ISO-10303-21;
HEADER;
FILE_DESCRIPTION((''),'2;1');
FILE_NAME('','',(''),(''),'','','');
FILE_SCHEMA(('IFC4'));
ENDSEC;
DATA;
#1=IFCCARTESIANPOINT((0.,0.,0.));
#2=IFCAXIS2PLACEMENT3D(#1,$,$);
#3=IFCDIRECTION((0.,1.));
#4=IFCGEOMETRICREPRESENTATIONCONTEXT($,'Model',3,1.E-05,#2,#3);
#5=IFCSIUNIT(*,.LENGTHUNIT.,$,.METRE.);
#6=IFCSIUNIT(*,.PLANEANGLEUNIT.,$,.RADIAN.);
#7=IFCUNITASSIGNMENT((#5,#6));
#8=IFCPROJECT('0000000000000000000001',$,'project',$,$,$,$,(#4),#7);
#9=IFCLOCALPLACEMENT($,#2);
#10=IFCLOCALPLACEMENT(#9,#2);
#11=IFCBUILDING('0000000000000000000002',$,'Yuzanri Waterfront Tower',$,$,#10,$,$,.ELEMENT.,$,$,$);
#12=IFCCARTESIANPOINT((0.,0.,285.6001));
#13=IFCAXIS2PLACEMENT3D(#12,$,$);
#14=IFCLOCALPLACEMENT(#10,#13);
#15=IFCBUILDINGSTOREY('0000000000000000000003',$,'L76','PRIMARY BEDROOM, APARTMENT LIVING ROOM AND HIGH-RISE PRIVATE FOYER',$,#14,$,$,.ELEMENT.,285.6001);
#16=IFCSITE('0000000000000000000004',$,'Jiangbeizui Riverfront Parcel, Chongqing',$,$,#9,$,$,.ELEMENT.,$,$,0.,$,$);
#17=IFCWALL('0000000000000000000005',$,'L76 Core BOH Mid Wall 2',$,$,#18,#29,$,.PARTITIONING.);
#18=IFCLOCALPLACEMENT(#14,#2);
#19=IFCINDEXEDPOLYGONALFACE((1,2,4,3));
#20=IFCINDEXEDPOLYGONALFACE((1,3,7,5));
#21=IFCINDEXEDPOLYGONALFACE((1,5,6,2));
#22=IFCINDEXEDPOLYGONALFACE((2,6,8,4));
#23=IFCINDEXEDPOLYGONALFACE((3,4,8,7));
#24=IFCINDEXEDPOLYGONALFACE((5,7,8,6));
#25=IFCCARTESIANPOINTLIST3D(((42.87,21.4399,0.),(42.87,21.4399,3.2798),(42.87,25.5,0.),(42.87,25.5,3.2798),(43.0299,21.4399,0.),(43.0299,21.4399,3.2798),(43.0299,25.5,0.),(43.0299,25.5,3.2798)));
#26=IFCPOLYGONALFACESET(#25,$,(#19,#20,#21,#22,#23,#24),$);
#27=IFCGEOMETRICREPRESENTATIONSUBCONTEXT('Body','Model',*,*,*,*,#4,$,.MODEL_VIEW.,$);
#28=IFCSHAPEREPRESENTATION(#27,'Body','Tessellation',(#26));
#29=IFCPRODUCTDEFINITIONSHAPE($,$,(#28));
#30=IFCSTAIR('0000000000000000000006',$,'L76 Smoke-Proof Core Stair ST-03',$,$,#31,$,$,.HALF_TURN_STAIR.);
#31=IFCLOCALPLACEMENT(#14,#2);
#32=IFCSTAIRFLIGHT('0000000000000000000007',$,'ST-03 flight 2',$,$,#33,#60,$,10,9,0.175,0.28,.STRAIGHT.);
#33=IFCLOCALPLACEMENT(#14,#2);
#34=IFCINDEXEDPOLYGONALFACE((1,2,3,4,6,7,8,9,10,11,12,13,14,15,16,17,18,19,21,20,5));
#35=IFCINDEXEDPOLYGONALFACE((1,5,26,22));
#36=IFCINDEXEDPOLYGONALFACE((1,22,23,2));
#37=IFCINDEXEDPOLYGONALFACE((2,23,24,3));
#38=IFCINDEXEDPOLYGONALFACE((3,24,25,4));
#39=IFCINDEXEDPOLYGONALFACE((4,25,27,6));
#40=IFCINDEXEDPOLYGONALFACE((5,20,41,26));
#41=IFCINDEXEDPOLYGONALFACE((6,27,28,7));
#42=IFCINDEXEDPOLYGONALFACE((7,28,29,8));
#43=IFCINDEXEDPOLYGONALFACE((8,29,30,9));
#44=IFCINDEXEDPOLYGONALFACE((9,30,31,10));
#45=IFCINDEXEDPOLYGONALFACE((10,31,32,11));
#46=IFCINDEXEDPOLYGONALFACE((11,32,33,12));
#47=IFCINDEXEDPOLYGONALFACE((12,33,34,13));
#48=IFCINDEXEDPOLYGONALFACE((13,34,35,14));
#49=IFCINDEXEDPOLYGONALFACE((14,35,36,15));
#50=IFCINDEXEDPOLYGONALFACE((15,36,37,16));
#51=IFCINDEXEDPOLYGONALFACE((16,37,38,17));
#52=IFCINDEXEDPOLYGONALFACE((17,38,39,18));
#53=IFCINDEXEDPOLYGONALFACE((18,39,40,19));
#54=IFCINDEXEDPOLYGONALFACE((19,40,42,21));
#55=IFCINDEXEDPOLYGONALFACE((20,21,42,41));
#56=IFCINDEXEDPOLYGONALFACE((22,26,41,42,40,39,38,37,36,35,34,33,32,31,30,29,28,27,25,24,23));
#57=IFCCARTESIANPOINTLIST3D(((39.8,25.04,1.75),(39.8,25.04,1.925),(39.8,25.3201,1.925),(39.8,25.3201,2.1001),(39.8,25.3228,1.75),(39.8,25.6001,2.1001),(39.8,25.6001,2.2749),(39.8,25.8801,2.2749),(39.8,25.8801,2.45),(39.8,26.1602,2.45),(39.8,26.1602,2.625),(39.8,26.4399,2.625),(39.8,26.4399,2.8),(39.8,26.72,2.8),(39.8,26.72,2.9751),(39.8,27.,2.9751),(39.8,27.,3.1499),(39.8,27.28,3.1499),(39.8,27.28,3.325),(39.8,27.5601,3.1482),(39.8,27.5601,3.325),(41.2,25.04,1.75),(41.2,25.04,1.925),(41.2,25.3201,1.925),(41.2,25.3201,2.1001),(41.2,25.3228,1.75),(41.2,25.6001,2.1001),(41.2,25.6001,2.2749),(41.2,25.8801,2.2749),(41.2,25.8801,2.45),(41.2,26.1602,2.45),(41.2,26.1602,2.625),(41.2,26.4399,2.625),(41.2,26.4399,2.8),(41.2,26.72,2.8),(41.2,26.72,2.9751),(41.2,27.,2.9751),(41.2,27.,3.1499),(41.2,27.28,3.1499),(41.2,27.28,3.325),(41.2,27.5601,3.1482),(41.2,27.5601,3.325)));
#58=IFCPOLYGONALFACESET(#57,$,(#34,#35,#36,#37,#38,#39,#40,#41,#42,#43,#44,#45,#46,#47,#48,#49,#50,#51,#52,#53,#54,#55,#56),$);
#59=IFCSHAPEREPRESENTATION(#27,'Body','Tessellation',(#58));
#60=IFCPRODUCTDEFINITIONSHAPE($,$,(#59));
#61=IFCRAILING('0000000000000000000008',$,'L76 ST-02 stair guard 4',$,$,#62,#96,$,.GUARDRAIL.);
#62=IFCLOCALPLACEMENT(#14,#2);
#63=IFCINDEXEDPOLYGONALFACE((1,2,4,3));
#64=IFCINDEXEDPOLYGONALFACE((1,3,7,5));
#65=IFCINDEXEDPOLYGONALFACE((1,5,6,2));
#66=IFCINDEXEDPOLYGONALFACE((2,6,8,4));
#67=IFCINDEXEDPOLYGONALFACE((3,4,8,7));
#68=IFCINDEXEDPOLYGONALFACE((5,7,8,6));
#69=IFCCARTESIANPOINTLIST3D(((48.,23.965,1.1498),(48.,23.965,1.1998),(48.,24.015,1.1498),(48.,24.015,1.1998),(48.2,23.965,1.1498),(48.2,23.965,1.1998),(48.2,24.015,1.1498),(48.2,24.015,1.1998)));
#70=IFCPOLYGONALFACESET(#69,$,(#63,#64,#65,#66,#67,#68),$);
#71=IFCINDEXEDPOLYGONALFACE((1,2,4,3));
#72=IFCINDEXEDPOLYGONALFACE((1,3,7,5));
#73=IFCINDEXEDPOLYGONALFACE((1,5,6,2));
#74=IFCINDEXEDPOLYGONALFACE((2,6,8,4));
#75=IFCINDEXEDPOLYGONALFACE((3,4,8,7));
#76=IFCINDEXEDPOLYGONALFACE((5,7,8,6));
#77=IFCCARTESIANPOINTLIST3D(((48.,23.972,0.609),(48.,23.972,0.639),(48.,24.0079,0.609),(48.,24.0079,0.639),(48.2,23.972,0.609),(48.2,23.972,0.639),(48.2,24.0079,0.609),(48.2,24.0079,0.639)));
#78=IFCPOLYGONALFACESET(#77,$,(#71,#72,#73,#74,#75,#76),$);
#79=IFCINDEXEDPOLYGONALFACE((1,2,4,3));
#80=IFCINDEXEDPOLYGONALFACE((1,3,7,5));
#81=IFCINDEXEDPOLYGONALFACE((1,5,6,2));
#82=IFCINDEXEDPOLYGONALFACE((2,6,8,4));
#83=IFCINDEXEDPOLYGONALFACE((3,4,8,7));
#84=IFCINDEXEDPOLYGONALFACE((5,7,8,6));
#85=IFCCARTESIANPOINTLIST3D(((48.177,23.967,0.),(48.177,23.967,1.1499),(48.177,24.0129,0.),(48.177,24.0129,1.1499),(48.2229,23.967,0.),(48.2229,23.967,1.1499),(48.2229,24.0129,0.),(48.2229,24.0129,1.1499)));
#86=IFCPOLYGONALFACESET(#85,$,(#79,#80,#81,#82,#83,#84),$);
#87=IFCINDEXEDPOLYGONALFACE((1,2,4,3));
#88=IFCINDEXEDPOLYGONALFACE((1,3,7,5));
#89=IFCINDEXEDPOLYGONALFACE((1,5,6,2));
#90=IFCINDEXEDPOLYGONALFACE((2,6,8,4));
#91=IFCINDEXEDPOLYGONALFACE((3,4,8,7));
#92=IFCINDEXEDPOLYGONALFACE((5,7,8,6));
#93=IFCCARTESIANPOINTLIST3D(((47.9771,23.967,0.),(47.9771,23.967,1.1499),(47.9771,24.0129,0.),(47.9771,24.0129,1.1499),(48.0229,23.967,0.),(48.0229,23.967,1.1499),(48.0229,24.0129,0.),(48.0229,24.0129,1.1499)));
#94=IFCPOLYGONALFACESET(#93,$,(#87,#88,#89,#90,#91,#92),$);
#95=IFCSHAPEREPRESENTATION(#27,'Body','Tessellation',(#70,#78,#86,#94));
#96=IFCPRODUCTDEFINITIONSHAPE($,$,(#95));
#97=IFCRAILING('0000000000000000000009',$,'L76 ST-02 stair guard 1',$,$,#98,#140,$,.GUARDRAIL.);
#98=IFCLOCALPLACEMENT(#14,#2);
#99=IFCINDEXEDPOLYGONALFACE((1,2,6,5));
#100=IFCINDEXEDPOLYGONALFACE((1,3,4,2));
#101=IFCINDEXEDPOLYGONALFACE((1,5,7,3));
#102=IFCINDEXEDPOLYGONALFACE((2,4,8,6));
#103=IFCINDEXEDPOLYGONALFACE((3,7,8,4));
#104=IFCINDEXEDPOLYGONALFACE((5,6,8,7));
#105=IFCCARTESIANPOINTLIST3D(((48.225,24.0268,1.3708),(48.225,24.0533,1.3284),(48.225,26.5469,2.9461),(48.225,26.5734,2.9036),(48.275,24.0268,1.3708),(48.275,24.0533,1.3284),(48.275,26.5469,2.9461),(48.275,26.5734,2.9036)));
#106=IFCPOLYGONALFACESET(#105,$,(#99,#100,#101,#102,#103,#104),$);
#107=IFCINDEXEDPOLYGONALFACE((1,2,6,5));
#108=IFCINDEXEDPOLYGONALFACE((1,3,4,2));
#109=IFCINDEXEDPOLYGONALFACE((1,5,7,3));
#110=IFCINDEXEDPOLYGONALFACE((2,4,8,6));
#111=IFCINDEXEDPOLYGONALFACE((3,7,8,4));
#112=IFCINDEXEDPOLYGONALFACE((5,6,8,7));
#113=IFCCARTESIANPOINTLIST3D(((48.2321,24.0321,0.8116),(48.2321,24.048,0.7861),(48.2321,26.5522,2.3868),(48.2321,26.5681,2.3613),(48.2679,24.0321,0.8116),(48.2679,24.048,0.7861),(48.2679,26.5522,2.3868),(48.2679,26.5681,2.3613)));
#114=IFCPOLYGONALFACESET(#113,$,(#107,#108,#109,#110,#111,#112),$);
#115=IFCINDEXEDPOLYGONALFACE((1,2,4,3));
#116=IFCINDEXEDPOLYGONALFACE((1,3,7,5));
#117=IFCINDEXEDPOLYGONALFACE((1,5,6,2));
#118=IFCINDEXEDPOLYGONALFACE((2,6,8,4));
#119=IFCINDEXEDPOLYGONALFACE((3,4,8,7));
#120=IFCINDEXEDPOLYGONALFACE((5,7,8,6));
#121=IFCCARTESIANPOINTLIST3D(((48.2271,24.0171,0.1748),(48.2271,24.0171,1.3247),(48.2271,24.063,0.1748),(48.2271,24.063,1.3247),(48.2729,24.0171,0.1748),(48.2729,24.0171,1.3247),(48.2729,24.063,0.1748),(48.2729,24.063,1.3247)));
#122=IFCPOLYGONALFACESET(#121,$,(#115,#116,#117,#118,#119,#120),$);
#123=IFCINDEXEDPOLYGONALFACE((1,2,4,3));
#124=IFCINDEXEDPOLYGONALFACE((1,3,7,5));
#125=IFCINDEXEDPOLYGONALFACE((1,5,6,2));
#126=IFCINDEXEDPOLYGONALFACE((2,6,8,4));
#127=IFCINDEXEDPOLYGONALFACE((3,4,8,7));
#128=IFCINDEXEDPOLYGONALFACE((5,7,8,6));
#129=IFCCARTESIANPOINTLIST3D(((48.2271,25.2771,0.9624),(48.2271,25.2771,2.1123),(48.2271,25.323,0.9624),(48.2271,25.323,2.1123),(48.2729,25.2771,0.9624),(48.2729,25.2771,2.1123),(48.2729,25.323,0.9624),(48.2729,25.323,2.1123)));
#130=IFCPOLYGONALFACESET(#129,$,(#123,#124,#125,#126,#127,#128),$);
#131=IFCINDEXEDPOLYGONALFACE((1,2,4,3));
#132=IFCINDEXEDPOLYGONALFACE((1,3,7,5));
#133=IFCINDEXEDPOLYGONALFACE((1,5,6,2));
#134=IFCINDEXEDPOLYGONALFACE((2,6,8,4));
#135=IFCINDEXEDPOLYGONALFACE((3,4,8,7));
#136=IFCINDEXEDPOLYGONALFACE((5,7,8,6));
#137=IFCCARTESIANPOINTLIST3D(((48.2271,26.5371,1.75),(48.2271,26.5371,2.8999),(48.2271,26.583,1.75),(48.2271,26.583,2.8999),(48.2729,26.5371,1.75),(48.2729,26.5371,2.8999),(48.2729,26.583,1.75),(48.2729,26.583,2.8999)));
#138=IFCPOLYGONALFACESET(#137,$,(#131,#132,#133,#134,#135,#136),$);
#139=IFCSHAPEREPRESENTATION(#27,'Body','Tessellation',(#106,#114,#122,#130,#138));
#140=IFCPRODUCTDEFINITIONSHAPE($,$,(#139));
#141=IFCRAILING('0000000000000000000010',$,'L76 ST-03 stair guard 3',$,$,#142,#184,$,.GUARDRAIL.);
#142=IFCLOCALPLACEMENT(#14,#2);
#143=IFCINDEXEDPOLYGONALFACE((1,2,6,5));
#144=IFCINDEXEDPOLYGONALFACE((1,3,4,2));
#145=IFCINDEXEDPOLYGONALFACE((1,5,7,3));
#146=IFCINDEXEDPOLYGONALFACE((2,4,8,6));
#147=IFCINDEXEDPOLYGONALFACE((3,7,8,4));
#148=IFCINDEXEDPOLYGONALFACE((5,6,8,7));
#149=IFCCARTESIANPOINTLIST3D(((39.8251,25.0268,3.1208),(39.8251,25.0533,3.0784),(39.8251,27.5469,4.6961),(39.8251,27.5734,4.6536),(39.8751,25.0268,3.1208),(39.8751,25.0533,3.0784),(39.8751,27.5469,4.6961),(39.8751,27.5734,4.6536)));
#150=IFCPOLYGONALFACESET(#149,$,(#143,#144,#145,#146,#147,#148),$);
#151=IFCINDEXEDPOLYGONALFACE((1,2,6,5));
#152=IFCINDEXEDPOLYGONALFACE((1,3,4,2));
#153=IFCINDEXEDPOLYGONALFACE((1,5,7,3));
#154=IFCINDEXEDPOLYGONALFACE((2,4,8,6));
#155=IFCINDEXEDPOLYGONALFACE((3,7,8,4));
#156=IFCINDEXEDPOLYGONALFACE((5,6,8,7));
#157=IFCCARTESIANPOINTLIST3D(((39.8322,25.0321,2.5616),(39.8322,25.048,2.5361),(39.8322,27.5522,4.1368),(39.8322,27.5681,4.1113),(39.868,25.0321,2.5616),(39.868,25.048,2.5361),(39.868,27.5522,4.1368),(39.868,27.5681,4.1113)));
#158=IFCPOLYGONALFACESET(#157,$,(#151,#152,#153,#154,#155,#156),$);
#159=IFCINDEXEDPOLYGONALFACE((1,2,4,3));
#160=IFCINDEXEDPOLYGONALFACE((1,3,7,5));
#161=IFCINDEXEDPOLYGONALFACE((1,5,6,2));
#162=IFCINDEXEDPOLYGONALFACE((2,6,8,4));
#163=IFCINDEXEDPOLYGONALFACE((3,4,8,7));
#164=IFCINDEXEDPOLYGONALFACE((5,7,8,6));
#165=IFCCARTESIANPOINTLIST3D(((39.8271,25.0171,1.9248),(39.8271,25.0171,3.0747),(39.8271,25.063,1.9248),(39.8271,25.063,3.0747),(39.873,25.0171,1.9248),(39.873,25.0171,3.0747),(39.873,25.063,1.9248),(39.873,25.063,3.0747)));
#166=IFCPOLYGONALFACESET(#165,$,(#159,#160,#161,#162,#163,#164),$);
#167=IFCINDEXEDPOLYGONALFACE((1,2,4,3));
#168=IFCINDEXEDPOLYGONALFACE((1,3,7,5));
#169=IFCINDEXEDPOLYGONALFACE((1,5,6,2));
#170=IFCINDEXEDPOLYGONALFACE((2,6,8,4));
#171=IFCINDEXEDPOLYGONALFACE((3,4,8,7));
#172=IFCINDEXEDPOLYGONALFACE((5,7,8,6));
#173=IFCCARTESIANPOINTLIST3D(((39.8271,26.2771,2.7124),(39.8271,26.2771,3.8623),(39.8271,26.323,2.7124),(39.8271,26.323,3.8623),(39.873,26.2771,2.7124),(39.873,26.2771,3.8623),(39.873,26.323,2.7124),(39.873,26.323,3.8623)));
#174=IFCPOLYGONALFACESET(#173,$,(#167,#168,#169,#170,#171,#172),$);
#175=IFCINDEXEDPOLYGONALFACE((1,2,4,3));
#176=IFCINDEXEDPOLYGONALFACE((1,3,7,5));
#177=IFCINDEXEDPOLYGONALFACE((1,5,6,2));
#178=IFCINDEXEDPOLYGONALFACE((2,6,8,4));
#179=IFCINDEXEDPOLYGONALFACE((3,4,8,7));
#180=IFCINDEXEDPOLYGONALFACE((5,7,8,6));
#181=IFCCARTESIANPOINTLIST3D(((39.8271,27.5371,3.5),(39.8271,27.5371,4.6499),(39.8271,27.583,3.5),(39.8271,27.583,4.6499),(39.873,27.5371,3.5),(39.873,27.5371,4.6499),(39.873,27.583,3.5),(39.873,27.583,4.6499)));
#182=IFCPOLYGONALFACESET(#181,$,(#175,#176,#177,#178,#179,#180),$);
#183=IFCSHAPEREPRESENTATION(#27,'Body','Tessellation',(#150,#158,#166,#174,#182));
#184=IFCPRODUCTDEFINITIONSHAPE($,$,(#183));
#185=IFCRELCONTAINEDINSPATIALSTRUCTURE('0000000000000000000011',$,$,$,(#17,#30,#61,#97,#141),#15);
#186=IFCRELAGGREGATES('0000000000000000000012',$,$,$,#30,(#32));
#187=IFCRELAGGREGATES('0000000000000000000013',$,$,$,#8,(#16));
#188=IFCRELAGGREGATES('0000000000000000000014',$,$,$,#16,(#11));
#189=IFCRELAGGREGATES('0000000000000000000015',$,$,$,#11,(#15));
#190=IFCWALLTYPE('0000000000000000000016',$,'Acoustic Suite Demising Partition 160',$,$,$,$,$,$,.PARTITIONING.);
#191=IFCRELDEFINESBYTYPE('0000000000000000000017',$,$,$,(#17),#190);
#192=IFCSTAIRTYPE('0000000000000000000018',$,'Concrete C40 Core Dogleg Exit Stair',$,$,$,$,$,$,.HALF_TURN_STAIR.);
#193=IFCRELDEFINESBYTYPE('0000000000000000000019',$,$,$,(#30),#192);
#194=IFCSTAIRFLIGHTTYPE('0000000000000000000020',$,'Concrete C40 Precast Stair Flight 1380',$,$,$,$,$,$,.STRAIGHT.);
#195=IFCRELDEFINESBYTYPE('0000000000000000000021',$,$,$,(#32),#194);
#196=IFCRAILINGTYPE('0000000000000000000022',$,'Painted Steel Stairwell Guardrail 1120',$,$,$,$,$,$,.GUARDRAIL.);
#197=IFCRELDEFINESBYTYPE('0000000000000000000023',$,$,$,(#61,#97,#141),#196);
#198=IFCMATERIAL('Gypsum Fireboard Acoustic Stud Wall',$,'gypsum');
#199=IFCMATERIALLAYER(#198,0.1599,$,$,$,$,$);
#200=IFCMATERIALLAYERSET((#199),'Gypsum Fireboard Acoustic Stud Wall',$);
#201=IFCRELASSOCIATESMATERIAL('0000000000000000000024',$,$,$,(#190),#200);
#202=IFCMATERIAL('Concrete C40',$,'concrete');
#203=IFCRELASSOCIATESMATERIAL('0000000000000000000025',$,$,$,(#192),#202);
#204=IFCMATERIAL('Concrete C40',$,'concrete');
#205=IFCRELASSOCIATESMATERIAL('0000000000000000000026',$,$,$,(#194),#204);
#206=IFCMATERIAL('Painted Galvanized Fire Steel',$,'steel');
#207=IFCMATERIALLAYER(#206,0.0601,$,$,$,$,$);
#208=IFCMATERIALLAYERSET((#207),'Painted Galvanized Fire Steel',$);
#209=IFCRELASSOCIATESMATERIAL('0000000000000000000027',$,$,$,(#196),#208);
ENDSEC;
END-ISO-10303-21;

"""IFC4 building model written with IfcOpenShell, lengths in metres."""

from ifc_helpers import new_model, si_unit, direction, frame, frame_2d, origin, origin_2d, place, context, subcontext, project, spatial, polyline, rectangle, outline, extrude, source, transform, mapped, material, layer, layer_set, type_object, element, aggregate, save


model = new_model("IFC4")

# Units and contexts
model_context = context("Model", 3, precision=1e-05, world=origin(), true_north=direction((0.0, 1.0)))
body_context = subcontext(model_context, "Body", "Model", "MODEL_VIEW")
ifc_project = project(units=[si_unit("LENGTHUNIT", "METRE"), si_unit("PLANEANGLEUNIT", "RADIAN")], contexts=[model_context])

# Site, building, storey
site_placement = place(None, origin())
site = spatial("IfcSite", under=ifc_project, at=site_placement, Name="Jiangbeizui Riverfront Parcel, Chongqing", CompositionType="ELEMENT", RefElevation=0.0)
building_placement = place(site_placement, origin())
building = spatial("IfcBuilding", under=site, at=building_placement, Name="Yuzanri Waterfront Tower", CompositionType="ELEMENT")
storey_placement = place(building_placement, frame((0.0, 0.0, 285.6001)))
storey = spatial("IfcBuildingStorey", under=building, at=storey_placement, Name="L76", Description="PRIMARY BEDROOM, APARTMENT LIVING ROOM AND HIGH-RISE PRIVATE FOYER", CompositionType="ELEMENT", Elevation=285.6001)

# Wall
ifc_material_1 = material(Name="Gypsum Fireboard Acoustic Stud Wall", Category="gypsum")
ifc_layer_1 = layer(ifc_material_1, 0.1599)
ifc_layer_set_1 = layer_set([ifc_layer_1], Name="Gypsum Fireboard Acoustic Stud Wall")
wall_type_1 = type_object("IfcWallType", Name="Acoustic Suite Demising Partition 160", PredefinedType="PARTITIONING", material=ifc_layer_set_1)
shared_shape_1 = source(origin(), body_context, "Body", "SweptSolid", [
    extrude(rectangle(XDim=4.0601, YDim=0.1599, at=frame_2d((2.03, 0.0))), origin(), (0.0, 0.0, 1.0), 3.2798),
])
wall_1_placement = place(storey_placement, frame((42.95, 21.4399, 0.0), z_axis=(0.0, 0.0, 1.0), x_axis=(0.0, 1.0, 0.0)))
element("IfcWall", 1, at=wall_1_placement, inside=storey, type_object=wall_type_1, Name="L76 Core BOH Mid Wall 2", PredefinedType="PARTITIONING", context=body_context, shape_type="MappedRepresentation", body=[
    mapped(shared_shape_1, transform((0.0, 0.0, 0.0), scale=1.0)),
])

# Stair, stair flight
ifc_material_2 = material(Name="Concrete C40", Category="concrete")
stair_type = type_object("IfcStairType", Name="Concrete C40 Core Dogleg Exit Stair", PredefinedType="HALF_TURN_STAIR", material=ifc_material_2)
stair_placement = place(storey_placement, origin())
stair = element("IfcStair", 2, at=stair_placement, inside=storey, type_object=stair_type, Name="L76 Smoke-Proof Core Stair ST-03", PredefinedType="HALF_TURN_STAIR")
ifc_material_3 = material(Name="Concrete C40", Category="concrete")
stair_flight_type = type_object("IfcStairFlightType", Name="Concrete C40 Precast Stair Flight 1380", PredefinedType="STRAIGHT", material=ifc_material_3)
shared_shape_2 = source(origin(), body_context, "Body", "SweptSolid", [
    extrude(outline(polyline([(0.0, 0.0), (0.0, 0.175), (0.28, 0.175), (0.28, 0.3501), (0.5601, 0.3501), (0.5601, 0.5249), (0.8401, 0.5249), (0.8401, 0.7), (1.1201, 0.7), (1.1201, 0.875), (1.3999, 0.875), (1.3999, 1.05), (1.6799, 1.05), (1.6799, 1.2251), (1.96, 1.2251), (1.96, 1.3999), (2.24, 1.3999), (2.24, 1.575), (2.52, 1.575), (2.52, 1.75), (2.52, 1.3982), (0.2827, 0.0), (0.0, 0.0)])), frame((0.0, 0.7, 0.0), z_axis=(0.0, -1.0, 0.0), x_axis=(1.0, 0.0, 0.0)), (0.0, 0.0, 1.0), 1.3999),
])
stair_flight_placement = place(storey_placement, frame((40.5, 25.04, 1.75), z_axis=(0.0, 0.0, 1.0), x_axis=(0.0, 1.0, 0.0)))
stair_flight = element("IfcStairFlight", 3, at=stair_flight_placement, type_object=stair_flight_type, Name="ST-03 flight 2", NumberOfRisers=10, NumberOfTreads=9, PredefinedType="STRAIGHT", RiserHeight=0.175, TreadLength=0.28, context=body_context, shape_type="MappedRepresentation", body=[
    mapped(shared_shape_2, transform((0.0, 0.0, 0.0), scale=1.0)),
])
aggregate(stair, [stair_flight])

# Railings
ifc_material_4 = material(Name="Painted Galvanized Fire Steel", Category="steel")
ifc_layer_2 = layer(ifc_material_4, 0.0601)
ifc_layer_set_2 = layer_set([ifc_layer_2], Name="Painted Galvanized Fire Steel")
railing_type_1 = type_object("IfcRailingType", Name="Painted Steel Stairwell Guardrail 1120", PredefinedType="GUARDRAIL", material=ifc_layer_set_2)
shared_shape_3 = source(origin(), body_context, "Body", "SweptSolid", [
    extrude(rectangle(XDim=0.05, YDim=0.05, at=origin_2d()), frame((0.0, 0.0, 1.1748), z_axis=(-1.0, 0.0, 0.0), x_axis=(0.0, -1.0, 0.0)), (0.0, 0.0, 1.0), 0.2),
    extrude(rectangle(XDim=0.0359, YDim=0.03, at=origin_2d()), frame((0.0, 0.0, 0.624), z_axis=(-1.0, 0.0, 0.0), x_axis=(0.0, -1.0, 0.0)), (0.0, 0.0, 1.0), 0.2),
    extrude(rectangle(XDim=0.0459, YDim=0.0459, at=origin_2d()), origin(), (0.0, 0.0, 1.0), 1.1499),
    extrude(rectangle(XDim=0.0459, YDim=0.0459, at=origin_2d()), frame((-0.2, 0.0, 0.0)), (0.0, 0.0, 1.0), 1.1499),
])
railing_1_placement = place(storey_placement, frame((48.2, 23.99, 0.0)))
element("IfcRailing", 4, at=railing_1_placement, inside=storey, type_object=railing_type_1, Name="L76 ST-02 stair guard 4", PredefinedType="GUARDRAIL", context=body_context, shape_type="MappedRepresentation", body=[
    mapped(shared_shape_3, transform((0.0, 0.0, 0.0), scale=1.0)),
])
shared_shape_4 = source(origin(), body_context, "Body", "SweptSolid", [
    extrude(rectangle(XDim=0.05, YDim=0.05, at=origin_2d()), frame((0.0, 0.0, 1.1748), z_axis=(0.0, 0.847971, 0.530043), x_axis=(-1.0, 0.0, 0.0)), (0.0, 0.0, 1.0), 2.9719),
    extrude(rectangle(XDim=0.0359, YDim=0.03, at=origin_2d()), frame((0.0, 0.0, 0.624), z_axis=(0.0, 0.847971, 0.530043), x_axis=(-1.0, 0.0, 0.0)), (0.0, 0.0, 1.0), 2.9719),
    extrude(rectangle(XDim=0.0459, YDim=0.0459, at=origin_2d()), origin(), (0.0, 0.0, 1.0), 1.1499),
    extrude(rectangle(XDim=0.0459, YDim=0.0459, at=origin_2d()), frame((0.0, 1.26, 0.7876)), (0.0, 0.0, 1.0), 1.1499),
    extrude(rectangle(XDim=0.0459, YDim=0.0459, at=origin_2d()), frame((0.0, 2.52, 1.5752)), (0.0, 0.0, 1.0), 1.1499),
])
for number, where, name in (
    (5, (48.25, 24.04, 0.1748), "L76 ST-02 stair guard 1"),
    (6, (39.8501, 25.04, 1.9248), "L76 ST-03 stair guard 3"),
):
    element("IfcRailing", number, at=place(storey_placement, frame(where)), inside=storey, type_object=railing_type_1, Name=name, PredefinedType="GUARDRAIL", context=body_context, shape_type="MappedRepresentation", body=[
        mapped(shared_shape_4, transform((0.0, 0.0, 0.0), scale=1.0)),
    ])

save(model, "model.ifc")
